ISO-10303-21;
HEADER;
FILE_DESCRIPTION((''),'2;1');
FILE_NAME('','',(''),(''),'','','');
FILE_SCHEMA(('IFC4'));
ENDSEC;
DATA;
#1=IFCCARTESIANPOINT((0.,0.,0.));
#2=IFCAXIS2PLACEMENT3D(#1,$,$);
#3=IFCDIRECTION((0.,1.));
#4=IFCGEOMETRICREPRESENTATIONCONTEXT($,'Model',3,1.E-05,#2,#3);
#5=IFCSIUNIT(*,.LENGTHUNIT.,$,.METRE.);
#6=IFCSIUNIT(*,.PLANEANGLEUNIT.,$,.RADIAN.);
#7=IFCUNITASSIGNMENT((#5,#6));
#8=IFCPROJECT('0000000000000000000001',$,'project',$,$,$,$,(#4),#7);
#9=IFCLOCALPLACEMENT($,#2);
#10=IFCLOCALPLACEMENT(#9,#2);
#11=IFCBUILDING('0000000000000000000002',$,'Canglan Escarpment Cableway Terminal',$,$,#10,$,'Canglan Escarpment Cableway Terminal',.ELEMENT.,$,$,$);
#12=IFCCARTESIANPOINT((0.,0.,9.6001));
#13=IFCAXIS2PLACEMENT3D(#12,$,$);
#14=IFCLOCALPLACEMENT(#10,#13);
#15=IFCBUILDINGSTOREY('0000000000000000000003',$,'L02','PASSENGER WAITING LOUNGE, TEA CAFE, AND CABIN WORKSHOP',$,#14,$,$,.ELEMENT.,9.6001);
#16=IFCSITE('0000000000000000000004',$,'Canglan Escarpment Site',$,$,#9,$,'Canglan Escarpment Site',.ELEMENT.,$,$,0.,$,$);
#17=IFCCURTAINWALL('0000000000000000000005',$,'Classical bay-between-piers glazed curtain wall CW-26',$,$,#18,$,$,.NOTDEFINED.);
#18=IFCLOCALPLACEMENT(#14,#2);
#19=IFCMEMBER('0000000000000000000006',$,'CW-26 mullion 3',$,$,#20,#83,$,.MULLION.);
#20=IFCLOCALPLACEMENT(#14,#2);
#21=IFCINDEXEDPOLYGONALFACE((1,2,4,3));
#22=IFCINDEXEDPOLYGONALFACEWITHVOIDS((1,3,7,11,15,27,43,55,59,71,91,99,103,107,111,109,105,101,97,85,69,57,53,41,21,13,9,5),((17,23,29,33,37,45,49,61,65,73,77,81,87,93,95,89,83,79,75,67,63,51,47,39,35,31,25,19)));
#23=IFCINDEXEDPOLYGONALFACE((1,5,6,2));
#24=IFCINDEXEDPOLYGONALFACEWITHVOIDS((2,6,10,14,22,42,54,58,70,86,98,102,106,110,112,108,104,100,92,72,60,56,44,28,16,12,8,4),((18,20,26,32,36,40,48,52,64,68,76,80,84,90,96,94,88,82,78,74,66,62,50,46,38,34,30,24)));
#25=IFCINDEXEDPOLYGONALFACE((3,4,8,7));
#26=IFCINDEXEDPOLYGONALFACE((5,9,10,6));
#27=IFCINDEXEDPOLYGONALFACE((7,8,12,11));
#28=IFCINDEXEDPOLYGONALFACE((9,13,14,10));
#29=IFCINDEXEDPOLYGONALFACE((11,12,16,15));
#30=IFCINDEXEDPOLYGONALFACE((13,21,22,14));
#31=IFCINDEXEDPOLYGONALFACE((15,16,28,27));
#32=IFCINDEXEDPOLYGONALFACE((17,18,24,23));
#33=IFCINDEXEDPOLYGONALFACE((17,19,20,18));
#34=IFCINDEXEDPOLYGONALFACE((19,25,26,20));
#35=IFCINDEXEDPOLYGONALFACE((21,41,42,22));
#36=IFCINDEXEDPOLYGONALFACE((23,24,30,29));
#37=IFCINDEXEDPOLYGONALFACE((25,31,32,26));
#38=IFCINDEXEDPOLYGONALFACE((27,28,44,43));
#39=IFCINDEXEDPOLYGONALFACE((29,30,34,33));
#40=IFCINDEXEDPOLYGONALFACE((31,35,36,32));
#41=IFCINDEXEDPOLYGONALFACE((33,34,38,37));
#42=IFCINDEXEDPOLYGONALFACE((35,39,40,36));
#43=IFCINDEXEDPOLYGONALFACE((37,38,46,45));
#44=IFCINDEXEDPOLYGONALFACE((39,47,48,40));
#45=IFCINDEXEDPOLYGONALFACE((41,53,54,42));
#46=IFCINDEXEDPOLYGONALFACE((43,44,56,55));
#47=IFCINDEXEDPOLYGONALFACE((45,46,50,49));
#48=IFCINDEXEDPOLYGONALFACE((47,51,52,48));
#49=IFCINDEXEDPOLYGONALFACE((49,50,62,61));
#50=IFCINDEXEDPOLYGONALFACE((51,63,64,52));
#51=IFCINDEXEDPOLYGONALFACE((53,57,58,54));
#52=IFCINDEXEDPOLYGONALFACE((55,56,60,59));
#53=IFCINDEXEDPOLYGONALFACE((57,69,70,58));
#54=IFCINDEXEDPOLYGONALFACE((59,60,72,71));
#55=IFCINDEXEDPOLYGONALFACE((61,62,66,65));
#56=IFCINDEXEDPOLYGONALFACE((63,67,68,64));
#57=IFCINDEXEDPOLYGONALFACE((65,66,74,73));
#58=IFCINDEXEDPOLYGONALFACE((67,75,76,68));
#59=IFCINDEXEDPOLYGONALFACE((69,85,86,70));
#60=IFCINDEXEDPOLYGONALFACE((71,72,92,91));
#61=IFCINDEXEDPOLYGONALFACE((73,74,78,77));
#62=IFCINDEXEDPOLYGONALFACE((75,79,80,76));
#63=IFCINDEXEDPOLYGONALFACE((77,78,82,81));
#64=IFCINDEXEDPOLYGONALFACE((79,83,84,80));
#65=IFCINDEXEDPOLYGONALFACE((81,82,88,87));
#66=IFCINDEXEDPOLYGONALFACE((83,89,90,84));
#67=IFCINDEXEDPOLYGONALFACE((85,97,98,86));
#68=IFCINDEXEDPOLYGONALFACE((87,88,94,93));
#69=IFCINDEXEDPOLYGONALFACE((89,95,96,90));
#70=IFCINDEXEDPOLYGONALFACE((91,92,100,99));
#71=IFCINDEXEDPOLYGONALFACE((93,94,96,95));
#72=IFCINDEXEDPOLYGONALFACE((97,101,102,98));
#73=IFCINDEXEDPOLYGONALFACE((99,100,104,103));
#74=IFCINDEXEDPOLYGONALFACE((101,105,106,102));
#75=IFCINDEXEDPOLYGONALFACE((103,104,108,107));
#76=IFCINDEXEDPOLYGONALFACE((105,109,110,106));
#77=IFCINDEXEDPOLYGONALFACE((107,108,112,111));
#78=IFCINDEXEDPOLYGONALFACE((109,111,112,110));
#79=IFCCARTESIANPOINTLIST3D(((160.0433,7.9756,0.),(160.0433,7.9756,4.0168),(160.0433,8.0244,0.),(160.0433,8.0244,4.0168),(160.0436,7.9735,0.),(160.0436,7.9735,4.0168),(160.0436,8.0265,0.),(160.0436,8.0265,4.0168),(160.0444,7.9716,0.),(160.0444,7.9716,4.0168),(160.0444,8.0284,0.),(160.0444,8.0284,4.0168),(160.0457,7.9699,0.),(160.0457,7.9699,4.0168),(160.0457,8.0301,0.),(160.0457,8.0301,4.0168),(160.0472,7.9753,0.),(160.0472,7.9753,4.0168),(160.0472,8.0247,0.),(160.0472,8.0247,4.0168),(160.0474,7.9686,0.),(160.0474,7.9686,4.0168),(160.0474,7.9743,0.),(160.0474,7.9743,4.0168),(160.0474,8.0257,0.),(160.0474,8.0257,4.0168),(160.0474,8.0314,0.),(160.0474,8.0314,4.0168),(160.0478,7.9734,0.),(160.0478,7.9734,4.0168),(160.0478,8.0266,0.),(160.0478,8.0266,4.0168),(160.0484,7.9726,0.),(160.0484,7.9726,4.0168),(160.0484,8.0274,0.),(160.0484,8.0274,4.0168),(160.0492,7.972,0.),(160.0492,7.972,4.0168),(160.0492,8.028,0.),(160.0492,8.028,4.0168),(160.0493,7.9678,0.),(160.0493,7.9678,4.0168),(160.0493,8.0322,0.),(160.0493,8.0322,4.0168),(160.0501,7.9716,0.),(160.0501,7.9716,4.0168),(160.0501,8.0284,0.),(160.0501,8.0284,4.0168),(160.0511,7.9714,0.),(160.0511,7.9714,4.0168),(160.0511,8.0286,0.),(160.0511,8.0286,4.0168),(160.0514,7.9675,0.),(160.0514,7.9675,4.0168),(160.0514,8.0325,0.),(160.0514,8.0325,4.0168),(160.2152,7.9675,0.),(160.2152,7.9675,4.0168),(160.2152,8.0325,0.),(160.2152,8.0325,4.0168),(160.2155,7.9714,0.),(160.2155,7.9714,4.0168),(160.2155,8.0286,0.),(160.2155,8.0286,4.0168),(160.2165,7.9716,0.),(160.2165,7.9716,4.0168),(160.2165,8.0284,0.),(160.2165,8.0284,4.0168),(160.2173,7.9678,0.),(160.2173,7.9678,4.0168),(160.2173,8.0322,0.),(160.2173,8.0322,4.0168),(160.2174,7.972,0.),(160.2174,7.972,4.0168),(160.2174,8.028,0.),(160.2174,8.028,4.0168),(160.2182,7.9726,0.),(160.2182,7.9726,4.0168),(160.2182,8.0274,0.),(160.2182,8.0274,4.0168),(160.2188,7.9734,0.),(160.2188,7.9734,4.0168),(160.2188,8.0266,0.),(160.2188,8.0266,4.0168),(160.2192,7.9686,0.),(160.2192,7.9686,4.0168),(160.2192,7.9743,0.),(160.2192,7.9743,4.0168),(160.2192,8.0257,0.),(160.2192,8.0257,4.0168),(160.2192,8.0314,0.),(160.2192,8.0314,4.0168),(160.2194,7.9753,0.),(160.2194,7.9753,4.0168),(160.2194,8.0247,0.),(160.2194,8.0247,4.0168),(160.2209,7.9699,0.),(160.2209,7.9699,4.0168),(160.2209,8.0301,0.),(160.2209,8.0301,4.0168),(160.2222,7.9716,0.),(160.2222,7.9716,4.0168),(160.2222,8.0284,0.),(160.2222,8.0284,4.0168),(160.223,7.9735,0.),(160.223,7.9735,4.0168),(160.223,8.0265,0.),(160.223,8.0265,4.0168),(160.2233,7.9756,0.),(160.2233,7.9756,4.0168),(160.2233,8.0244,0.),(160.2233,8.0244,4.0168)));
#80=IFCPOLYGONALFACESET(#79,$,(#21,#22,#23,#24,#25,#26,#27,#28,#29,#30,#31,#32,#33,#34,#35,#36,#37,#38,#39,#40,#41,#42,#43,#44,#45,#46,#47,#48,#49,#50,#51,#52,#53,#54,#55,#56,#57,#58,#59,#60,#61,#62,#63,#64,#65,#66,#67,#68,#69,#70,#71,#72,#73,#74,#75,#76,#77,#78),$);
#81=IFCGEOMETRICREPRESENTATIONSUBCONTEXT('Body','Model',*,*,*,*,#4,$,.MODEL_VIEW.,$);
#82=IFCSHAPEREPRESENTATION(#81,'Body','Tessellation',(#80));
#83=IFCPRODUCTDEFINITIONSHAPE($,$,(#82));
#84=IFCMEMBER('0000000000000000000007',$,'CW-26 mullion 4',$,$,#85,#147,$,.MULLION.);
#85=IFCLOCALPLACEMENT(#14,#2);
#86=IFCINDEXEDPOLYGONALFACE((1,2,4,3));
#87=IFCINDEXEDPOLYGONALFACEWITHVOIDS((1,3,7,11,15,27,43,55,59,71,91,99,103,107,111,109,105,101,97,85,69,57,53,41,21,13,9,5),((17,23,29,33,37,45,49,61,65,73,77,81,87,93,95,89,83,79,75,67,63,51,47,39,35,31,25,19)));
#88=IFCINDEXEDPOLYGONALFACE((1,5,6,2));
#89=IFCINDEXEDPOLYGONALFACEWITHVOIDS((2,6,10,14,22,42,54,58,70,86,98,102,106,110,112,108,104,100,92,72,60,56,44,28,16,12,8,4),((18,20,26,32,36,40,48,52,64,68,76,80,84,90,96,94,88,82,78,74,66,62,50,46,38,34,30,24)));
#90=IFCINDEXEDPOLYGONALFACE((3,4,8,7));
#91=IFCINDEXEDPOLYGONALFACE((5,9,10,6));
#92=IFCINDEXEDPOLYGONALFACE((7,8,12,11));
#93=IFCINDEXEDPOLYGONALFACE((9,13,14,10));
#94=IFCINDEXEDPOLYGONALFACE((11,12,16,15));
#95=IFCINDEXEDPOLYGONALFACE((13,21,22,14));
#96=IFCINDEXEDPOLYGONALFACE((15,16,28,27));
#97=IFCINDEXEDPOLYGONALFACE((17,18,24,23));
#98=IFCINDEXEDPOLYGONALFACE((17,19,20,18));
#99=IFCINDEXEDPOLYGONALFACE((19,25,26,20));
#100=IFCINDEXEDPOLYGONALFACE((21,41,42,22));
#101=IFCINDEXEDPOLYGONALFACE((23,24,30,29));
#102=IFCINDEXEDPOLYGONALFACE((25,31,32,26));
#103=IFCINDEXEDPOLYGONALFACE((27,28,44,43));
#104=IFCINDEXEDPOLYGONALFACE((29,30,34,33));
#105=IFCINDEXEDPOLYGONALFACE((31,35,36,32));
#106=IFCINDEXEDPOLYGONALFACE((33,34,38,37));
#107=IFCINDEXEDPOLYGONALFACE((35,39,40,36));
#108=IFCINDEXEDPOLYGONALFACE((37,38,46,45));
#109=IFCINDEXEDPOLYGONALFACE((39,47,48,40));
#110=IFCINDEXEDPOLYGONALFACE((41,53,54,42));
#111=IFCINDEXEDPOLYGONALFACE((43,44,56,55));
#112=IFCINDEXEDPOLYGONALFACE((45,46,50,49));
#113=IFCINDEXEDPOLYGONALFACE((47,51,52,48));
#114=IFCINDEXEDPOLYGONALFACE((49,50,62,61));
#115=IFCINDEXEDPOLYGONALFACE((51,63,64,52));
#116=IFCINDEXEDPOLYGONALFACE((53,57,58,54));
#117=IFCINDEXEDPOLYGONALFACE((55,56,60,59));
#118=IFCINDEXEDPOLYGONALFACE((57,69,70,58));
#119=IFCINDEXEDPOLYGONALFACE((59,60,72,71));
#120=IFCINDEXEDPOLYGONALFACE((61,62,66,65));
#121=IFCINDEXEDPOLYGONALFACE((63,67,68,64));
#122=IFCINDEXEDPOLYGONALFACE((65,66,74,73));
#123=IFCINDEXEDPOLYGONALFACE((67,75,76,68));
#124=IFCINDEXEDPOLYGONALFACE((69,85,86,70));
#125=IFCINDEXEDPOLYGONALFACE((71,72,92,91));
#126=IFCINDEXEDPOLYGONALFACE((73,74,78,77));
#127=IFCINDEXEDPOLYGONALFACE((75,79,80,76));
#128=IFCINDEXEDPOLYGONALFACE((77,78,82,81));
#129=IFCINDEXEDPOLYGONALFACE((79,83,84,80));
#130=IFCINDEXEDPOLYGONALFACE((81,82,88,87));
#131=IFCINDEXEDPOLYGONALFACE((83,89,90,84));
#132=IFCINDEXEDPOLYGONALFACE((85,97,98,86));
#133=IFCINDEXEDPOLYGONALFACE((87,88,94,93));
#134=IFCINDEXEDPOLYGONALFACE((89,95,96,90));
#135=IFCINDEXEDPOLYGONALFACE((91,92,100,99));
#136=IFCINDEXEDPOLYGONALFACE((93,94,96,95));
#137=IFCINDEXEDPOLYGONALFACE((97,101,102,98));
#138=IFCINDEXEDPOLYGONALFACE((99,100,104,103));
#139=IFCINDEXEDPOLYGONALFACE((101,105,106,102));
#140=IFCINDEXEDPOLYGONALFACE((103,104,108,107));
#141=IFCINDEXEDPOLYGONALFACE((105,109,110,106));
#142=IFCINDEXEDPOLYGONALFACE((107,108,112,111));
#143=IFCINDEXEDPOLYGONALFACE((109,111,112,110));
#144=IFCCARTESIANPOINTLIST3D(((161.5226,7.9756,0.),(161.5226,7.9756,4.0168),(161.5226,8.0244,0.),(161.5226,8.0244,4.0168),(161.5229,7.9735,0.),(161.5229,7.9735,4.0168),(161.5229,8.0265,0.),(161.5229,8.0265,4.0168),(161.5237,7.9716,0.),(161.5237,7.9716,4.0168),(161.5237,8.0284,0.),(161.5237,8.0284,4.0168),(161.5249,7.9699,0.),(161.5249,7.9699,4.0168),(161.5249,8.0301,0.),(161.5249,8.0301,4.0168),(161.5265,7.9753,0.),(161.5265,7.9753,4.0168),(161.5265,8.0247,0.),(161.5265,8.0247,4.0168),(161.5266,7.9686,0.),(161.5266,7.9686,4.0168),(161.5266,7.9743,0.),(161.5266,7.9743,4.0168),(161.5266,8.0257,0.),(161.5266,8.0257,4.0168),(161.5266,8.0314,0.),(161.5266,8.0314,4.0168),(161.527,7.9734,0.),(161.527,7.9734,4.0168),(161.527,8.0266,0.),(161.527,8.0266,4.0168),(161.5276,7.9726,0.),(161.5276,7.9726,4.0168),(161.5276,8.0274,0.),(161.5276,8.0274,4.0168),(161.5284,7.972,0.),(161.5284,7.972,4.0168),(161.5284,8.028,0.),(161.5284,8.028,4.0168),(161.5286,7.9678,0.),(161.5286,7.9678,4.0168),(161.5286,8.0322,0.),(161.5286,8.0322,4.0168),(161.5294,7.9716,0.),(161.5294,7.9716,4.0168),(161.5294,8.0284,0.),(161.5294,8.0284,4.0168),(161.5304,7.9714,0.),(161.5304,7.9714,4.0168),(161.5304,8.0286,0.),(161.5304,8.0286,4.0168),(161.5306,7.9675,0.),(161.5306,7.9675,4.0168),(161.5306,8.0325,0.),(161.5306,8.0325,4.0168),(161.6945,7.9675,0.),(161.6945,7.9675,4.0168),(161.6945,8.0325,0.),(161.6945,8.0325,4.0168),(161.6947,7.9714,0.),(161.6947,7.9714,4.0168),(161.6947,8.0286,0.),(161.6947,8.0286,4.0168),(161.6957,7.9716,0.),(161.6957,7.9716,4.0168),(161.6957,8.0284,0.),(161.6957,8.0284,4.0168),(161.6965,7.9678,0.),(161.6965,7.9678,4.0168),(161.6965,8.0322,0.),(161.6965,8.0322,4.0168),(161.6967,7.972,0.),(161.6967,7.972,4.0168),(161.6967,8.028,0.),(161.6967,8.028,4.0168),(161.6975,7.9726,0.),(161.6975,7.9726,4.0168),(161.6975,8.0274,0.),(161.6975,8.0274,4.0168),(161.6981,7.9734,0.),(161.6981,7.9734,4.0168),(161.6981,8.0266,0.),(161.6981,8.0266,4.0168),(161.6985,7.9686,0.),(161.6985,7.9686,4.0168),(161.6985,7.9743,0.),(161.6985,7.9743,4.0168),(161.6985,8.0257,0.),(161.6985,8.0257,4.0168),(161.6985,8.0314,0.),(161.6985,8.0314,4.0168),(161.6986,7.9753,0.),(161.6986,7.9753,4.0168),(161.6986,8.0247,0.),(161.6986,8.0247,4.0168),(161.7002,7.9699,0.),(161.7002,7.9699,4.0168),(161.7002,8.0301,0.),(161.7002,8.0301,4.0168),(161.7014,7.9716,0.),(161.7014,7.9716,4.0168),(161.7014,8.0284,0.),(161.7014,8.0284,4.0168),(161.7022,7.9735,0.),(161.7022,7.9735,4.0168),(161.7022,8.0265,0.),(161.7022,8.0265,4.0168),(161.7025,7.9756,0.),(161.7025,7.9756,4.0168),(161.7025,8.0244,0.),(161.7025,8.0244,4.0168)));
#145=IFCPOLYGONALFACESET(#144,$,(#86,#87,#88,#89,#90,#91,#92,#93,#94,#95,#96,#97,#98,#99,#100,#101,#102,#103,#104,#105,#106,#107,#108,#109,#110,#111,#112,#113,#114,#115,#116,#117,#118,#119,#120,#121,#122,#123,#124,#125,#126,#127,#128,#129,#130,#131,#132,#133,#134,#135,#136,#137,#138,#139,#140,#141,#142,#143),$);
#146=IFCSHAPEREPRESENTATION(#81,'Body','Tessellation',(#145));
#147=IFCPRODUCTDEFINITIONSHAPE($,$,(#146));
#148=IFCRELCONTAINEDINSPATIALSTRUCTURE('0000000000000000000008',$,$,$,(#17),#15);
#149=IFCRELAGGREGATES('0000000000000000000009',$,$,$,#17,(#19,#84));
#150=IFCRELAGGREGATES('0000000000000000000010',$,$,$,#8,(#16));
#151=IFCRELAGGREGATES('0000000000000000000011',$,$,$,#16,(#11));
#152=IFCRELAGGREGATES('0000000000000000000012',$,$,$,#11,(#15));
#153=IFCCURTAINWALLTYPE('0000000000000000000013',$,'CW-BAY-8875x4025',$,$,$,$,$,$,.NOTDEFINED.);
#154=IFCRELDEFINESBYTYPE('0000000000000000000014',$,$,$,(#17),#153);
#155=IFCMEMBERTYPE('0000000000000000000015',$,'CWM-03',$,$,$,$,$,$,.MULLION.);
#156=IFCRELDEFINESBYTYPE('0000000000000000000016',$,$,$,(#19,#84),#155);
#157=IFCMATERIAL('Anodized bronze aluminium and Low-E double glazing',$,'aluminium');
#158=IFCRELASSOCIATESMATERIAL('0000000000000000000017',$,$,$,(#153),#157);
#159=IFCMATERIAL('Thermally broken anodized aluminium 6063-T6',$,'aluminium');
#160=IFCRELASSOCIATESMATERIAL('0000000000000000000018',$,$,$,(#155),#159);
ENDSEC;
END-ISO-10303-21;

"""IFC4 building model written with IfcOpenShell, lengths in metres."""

from ifc_helpers import new_model, si_unit, direction, frame, origin, origin_2d, place, context, subcontext, project, spatial, hollow_rectangle, extrude, material, material_profile, profile_set, type_object, element, aggregate, save


model = new_model("IFC4")

# Units and contexts
model_context = context("Model", 3, precision=1e-05, world=origin(), true_north=direction((0.0, 1.0)))
body_context = subcontext(model_context, "Body", "Model", "MODEL_VIEW")
ifc_project = project(units=[si_unit("LENGTHUNIT", "METRE"), si_unit("PLANEANGLEUNIT", "RADIAN")], contexts=[model_context])

# Site, building, storey
site_placement = place(None, origin())
site = spatial("IfcSite", under=ifc_project, at=site_placement, Name="Canglan Escarpment Site", LongName="Canglan Escarpment Site", CompositionType="ELEMENT", RefElevation=0.0)
building_placement = place(site_placement, origin())
building = spatial("IfcBuilding", under=site, at=building_placement, Name="Canglan Escarpment Cableway Terminal", LongName="Canglan Escarpment Cableway Terminal", CompositionType="ELEMENT")
storey_placement = place(building_placement, frame((0.0, 0.0, 9.6001)))
storey = spatial("IfcBuildingStorey", under=building, at=storey_placement, Name="L02", Description="PASSENGER WAITING LOUNGE, TEA CAFE, AND CABIN WORKSHOP", CompositionType="ELEMENT", Elevation=9.6001)

# Curtain wall, members
ifc_material_1 = material(Name="Anodized bronze aluminium and Low-E double glazing", Category="aluminium")
curtain_wall_type = type_object("IfcCurtainWallType", Name="CW-BAY-8875x4025", PredefinedType="NOTDEFINED", material=ifc_material_1)
curtain_wall_placement = place(storey_placement, origin())
curtain_wall = element("IfcCurtainWall", 1, at=curtain_wall_placement, inside=storey, type_object=curtain_wall_type, Name="Classical bay-between-piers glazed curtain wall CW-26", PredefinedType="NOTDEFINED")
ifc_material_2 = material(Name="Thermally broken anodized aluminium 6063-T6", Category="aluminium")
ifc_material_profile_1 = material_profile(ifc_material_2, hollow_rectangle(XDim=0.0649, YDim=0.1799, WallThickness=0.0039, InnerFilletRadius=0.0039, OuterFilletRadius=0.0081, at=origin_2d()), Name="ALU-MULL 65x180x4")
ifc_profile_set_1 = profile_set([ifc_material_profile_1], Name="Thermally broken anodized aluminium 6063-T6")
member_type_1 = type_object("IfcMemberType", Name="CWM-03", PredefinedType="MULLION", material=ifc_profile_set_1)
member_1_placement = place(storey_placement, frame((160.1333, 8.0, 0.0), z_axis=(0.0, 0.0, 1.0), x_axis=(0.0, 1.0, 0.0)))
member_1 = element("IfcMember", 2, at=member_1_placement, type_object=member_type_1, Name="CW-26 mullion 3", PredefinedType="MULLION", context=body_context, shape_type="SweptSolid", body=[
    extrude(hollow_rectangle(XDim=0.0649, YDim=0.1799, WallThickness=0.0039, InnerFilletRadius=0.0039, OuterFilletRadius=0.0081, at=origin_2d()), origin(), (0.0, 0.0, 1.0), 4.0168),
])
member_2_placement = place(storey_placement, frame((161.6125, 8.0, 0.0), z_axis=(0.0, 0.0, 1.0), x_axis=(0.0, 1.0, 0.0)))
member_2 = element("IfcMember", 3, at=member_2_placement, type_object=member_type_1, Name="CW-26 mullion 4", PredefinedType="MULLION", context=body_context, shape_type="SweptSolid", body=[
    extrude(hollow_rectangle(XDim=0.0649, YDim=0.1799, WallThickness=0.0039, InnerFilletRadius=0.0039, OuterFilletRadius=0.0081, at=origin_2d()), origin(), (0.0, 0.0, 1.0), 4.0168),
])
aggregate(curtain_wall, [member_1, member_2])

save(model, "model.ifc")
